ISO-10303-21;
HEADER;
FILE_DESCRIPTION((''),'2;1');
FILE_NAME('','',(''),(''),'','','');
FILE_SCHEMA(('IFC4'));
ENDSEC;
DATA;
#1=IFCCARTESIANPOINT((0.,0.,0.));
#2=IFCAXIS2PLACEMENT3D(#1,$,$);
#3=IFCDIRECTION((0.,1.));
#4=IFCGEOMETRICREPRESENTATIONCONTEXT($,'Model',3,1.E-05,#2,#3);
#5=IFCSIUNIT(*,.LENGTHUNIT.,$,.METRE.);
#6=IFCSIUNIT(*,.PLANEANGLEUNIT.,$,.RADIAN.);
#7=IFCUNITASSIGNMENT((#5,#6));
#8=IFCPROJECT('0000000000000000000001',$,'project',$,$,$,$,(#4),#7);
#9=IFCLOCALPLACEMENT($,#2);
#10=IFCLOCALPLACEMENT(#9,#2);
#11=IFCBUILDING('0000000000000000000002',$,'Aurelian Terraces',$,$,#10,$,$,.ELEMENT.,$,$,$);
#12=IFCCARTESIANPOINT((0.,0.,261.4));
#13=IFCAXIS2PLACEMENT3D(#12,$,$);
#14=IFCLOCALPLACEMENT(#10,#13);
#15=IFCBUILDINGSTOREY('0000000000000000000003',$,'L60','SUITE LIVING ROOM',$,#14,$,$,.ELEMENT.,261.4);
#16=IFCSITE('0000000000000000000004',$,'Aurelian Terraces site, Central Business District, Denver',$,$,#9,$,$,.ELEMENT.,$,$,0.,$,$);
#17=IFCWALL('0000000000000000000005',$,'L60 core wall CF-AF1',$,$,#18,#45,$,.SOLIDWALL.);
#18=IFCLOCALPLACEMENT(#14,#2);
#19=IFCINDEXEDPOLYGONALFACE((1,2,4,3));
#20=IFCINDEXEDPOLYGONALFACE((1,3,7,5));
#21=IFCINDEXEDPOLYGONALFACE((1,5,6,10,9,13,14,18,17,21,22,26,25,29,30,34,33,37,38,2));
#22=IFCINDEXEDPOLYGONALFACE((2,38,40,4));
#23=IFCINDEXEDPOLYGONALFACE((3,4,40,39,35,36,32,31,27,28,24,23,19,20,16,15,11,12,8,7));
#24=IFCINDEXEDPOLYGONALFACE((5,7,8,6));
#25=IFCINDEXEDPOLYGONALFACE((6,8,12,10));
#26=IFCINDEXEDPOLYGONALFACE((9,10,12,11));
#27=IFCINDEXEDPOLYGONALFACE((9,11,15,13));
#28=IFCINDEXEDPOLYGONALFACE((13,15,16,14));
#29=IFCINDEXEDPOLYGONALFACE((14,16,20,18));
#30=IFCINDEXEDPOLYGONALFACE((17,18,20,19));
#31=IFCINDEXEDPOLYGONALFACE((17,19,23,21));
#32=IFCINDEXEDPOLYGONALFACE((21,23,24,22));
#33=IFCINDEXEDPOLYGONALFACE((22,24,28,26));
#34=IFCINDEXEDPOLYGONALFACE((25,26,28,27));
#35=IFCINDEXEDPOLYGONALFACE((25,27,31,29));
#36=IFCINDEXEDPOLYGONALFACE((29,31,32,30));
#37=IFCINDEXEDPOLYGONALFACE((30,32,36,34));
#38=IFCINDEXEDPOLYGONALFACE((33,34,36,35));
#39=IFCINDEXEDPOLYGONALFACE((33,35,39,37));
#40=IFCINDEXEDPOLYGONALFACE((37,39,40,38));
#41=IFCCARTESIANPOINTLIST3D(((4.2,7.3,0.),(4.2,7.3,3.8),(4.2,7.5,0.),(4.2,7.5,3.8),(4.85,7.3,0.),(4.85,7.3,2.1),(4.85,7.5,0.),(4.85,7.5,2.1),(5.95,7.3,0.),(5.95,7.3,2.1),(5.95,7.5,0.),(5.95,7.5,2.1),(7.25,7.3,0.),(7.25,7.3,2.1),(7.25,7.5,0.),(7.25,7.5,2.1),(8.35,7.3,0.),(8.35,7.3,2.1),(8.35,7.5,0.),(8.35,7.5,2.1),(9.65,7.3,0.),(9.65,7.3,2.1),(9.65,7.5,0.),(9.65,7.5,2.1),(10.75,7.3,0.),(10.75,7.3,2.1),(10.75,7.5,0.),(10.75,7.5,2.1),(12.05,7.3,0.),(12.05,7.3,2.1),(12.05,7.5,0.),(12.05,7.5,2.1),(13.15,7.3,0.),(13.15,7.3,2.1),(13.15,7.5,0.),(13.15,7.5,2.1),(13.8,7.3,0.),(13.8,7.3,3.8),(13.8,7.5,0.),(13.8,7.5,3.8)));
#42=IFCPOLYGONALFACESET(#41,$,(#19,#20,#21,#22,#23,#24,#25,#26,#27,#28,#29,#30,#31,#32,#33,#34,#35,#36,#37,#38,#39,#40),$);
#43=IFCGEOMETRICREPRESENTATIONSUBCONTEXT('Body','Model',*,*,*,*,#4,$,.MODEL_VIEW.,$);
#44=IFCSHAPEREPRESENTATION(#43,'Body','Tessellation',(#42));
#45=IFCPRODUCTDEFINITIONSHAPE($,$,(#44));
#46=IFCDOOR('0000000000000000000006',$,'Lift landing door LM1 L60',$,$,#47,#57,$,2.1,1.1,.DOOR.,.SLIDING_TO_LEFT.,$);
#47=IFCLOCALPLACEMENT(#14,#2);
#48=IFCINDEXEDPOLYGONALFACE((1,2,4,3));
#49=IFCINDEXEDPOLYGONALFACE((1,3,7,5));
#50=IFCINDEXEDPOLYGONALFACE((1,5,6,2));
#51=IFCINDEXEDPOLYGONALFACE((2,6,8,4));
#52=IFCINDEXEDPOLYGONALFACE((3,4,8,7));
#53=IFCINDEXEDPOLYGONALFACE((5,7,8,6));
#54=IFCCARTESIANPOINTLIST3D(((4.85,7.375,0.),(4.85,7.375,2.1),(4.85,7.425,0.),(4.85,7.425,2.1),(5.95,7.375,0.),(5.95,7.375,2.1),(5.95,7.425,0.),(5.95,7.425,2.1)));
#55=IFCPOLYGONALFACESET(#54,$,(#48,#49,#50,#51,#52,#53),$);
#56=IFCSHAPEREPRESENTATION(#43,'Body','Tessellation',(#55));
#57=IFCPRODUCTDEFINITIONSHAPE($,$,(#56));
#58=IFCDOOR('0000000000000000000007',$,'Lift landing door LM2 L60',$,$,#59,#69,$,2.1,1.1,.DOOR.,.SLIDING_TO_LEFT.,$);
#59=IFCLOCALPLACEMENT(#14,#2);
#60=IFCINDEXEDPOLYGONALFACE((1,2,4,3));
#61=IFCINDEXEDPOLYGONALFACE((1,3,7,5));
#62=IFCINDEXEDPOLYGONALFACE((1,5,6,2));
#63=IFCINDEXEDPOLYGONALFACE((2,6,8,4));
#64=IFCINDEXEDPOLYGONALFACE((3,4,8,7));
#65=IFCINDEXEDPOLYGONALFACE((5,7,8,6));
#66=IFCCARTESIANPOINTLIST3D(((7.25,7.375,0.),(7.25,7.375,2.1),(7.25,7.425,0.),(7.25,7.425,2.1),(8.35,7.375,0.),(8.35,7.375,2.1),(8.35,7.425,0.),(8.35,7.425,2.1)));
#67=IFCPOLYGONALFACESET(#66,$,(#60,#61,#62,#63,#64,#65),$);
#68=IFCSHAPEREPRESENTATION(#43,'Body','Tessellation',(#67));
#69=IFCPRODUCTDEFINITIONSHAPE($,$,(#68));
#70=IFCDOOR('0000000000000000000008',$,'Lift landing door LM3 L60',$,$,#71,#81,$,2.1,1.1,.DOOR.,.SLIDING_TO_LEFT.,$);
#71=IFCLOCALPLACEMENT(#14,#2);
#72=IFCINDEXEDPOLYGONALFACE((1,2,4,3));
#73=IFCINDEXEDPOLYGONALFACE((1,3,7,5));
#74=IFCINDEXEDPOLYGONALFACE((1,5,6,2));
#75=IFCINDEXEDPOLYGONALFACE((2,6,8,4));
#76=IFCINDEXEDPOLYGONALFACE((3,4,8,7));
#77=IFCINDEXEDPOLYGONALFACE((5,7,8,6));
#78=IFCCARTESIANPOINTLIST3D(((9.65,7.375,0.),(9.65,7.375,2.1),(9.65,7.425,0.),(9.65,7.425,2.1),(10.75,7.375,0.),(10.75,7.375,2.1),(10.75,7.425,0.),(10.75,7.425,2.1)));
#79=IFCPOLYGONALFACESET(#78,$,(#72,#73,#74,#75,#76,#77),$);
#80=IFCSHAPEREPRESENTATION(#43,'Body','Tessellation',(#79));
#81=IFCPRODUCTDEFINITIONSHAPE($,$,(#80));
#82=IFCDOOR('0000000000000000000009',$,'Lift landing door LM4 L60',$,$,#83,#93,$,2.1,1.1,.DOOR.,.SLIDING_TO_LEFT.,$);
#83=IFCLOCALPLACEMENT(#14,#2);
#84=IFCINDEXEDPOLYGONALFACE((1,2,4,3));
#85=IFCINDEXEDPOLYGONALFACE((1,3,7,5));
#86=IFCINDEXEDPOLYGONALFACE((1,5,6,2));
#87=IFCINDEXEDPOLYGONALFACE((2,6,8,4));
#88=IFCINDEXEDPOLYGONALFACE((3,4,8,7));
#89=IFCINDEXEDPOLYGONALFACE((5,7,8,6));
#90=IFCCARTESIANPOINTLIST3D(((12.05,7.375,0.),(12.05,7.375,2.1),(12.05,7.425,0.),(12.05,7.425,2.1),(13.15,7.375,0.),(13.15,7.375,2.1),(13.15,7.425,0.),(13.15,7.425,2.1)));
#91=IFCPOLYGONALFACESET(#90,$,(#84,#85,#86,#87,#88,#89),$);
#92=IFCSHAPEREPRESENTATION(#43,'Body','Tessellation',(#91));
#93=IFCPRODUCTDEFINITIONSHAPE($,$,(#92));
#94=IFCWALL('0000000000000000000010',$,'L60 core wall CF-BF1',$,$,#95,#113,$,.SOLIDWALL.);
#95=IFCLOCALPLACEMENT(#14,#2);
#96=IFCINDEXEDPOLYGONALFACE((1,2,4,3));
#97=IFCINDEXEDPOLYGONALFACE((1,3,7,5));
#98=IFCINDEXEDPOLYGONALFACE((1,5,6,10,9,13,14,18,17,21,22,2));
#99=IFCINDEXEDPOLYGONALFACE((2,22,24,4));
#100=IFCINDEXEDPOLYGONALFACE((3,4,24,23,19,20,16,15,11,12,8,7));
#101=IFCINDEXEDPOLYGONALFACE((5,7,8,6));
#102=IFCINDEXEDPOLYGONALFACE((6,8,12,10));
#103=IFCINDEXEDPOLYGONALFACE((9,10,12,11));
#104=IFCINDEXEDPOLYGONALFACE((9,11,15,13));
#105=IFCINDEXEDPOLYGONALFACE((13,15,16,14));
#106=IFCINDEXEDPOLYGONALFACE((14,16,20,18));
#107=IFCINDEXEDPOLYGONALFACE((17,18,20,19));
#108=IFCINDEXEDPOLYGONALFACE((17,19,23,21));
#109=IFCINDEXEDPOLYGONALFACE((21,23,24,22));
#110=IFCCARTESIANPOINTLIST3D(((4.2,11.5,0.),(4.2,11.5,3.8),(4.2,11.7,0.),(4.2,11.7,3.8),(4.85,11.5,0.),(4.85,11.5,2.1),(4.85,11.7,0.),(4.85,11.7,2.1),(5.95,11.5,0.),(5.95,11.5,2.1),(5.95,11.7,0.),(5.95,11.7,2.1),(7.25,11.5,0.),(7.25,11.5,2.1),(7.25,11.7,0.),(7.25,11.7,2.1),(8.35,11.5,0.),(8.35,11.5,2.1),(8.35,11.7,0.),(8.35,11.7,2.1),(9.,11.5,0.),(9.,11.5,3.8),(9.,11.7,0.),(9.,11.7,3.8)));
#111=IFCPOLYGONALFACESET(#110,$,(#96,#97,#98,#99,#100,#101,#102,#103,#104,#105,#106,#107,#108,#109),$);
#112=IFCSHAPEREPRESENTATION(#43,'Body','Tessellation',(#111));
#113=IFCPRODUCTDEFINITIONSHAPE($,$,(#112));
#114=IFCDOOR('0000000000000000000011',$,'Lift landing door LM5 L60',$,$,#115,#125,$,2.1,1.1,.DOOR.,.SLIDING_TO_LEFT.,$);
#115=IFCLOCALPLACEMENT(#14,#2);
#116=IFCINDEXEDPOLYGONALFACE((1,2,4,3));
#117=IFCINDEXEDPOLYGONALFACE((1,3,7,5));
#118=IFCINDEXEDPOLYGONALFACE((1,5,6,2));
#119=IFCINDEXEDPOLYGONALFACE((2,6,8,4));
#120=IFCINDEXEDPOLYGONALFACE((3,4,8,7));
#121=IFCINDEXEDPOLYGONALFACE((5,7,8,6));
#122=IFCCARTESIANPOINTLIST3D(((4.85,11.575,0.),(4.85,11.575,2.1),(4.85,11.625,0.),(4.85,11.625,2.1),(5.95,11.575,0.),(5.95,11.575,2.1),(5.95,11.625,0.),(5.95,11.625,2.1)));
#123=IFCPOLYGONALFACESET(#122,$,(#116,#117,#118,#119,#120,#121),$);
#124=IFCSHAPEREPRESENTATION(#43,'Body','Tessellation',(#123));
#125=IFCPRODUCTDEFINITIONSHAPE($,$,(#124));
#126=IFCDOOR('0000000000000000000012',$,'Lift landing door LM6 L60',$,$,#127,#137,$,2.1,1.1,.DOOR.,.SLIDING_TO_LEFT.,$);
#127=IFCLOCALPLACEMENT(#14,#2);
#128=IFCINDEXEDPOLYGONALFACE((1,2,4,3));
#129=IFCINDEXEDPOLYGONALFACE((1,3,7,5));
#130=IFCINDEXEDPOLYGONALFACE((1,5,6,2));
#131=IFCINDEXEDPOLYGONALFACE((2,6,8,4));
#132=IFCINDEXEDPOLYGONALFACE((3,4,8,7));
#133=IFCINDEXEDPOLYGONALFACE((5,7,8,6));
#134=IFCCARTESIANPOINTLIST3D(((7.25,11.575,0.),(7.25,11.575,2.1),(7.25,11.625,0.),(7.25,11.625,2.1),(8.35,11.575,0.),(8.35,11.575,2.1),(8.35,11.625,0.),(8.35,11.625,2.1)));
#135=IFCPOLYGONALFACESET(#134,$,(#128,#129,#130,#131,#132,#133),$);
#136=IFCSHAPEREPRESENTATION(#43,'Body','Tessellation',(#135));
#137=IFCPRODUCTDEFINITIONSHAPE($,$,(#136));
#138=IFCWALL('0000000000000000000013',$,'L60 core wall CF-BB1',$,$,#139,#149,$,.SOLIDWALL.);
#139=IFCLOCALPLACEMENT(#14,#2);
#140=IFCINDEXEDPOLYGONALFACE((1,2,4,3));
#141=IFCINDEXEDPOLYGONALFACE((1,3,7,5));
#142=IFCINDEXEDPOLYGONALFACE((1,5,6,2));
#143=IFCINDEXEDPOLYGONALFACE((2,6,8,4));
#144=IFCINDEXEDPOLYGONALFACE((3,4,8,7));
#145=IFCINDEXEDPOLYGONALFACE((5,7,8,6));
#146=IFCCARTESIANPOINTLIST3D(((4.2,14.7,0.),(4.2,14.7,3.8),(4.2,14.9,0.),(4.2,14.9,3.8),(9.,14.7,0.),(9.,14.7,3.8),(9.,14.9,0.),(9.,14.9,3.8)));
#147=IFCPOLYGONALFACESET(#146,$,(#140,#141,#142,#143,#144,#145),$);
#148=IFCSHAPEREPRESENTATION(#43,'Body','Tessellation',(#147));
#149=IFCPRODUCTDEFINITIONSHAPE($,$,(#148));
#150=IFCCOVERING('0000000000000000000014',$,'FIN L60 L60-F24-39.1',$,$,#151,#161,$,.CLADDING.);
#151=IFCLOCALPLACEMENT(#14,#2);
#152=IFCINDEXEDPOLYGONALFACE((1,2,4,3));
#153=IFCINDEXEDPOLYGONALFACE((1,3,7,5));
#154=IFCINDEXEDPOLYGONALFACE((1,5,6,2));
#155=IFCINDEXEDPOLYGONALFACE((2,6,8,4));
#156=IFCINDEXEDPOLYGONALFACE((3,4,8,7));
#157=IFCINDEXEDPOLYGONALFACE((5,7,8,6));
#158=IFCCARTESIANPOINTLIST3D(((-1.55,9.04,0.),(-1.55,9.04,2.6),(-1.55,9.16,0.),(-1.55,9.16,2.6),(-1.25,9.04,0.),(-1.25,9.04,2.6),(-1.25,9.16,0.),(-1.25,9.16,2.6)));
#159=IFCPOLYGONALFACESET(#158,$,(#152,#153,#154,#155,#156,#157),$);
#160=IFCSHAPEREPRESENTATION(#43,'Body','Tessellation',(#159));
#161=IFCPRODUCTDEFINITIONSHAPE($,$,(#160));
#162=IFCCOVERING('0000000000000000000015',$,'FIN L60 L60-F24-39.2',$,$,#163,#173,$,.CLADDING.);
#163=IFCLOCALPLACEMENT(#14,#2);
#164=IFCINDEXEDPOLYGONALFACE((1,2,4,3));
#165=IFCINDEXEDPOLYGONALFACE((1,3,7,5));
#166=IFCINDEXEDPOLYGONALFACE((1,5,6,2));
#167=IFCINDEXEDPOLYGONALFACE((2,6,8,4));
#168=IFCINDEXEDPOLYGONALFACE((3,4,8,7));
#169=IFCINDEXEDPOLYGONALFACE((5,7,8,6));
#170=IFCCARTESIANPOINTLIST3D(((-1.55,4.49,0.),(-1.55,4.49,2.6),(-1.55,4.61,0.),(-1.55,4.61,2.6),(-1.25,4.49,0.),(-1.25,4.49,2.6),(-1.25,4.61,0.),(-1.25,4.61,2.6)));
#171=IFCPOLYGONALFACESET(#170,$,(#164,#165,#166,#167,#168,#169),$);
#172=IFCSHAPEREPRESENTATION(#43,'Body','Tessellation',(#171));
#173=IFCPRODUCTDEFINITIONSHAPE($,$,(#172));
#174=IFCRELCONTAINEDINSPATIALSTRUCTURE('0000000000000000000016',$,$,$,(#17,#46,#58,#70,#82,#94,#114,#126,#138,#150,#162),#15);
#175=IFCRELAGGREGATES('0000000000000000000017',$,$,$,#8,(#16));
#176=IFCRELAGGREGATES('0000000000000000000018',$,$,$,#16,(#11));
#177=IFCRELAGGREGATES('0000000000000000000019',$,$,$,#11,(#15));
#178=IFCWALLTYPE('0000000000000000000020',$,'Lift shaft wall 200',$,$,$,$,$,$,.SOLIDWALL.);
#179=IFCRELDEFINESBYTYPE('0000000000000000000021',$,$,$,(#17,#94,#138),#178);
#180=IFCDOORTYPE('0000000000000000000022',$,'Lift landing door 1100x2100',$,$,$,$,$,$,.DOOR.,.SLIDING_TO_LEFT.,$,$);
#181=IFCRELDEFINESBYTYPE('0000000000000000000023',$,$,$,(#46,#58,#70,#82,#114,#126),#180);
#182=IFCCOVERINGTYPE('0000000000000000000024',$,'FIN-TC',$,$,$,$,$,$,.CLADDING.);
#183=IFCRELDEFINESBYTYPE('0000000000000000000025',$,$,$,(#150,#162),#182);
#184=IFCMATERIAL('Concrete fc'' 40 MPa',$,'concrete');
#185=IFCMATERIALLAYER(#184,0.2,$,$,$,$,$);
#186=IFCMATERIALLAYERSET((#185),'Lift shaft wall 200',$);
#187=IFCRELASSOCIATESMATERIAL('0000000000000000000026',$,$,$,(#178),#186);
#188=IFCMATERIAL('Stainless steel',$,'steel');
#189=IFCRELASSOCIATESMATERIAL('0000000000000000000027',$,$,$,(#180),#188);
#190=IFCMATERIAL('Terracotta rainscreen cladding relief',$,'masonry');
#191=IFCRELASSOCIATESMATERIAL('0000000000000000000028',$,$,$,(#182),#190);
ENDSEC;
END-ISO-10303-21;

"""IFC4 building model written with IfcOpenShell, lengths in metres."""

from ifc_helpers import new_model, si_unit, direction, frame, frame_2d, origin, origin_2d, place, context, subcontext, project, spatial, rectangle, extrude, source, transform, mapped, material, layer, layer_set, type_object, element, fill, save


model = new_model("IFC4")

# Units and contexts
model_context = context("Model", 3, precision=1e-05, world=origin(), true_north=direction((0.0, 1.0)))
body_context = subcontext(model_context, "Body", "Model", "MODEL_VIEW")
ifc_project = project(units=[si_unit("LENGTHUNIT", "METRE"), si_unit("PLANEANGLEUNIT", "RADIAN")], contexts=[model_context])

# Site, building, storey
site_placement = place(None, origin())
site = spatial("IfcSite", under=ifc_project, at=site_placement, Name="Aurelian Terraces site, Central Business District, Denver", CompositionType="ELEMENT", RefElevation=0.0)
building_placement = place(site_placement, origin())
building = spatial("IfcBuilding", under=site, at=building_placement, Name="Aurelian Terraces", CompositionType="ELEMENT")
storey_placement = place(building_placement, frame((0.0, 0.0, 261.4)))
storey = spatial("IfcBuildingStorey", under=building, at=storey_placement, Name="L60", Description="SUITE LIVING ROOM", CompositionType="ELEMENT", Elevation=261.4)

# Walls, openings, doors
ifc_material_1 = material(Name="Concrete fc' 40 MPa", Category="concrete")
ifc_layer_1 = layer(ifc_material_1, 0.2)
ifc_layer_set_1 = layer_set([ifc_layer_1], Name="Lift shaft wall 200")
wall_type_1 = type_object("IfcWallType", Name="Lift shaft wall 200", PredefinedType="SOLIDWALL", material=ifc_layer_set_1)
shared_shape_1 = source(origin(), body_context, "Body", "SweptSolid", [
    extrude(rectangle(XDim=9.6, YDim=0.2, at=frame_2d((4.8, 0.0))), origin(), (0.0, 0.0, 1.0), 3.8),
])
wall_1_placement = place(storey_placement, frame((4.2, 7.4, 0.0), z_axis=(0.0, 0.0, 1.0), x_axis=(1.0, 0.0, 0.0)))
wall_1 = element("IfcWall", 1, at=wall_1_placement, inside=storey, type_object=wall_type_1, Name="L60 core wall CF-AF1", PredefinedType="SOLIDWALL", context=body_context, shape_type="MappedRepresentation", body=[
    mapped(shared_shape_1, transform((0.0, 0.0, 0.0), scale=1.0)),
])
shared_shape_2 = source(origin(), body_context, "Body", "SweptSolid", [
    extrude(rectangle(XDim=1.1, YDim=2.1, at=frame_2d((0.55, 1.05))), frame((0.0, 0.11, 0.0), z_axis=(0.0, -1.0, 0.0), x_axis=(1.0, 0.0, 0.0)), (0.0, 0.0, 1.0), 0.22),
])
opening_1_placement = place(wall_1_placement, frame((0.65, 0.0, 0.0)))
opening_1 = element("IfcOpeningElement", 2, at=opening_1_placement, cuts=wall_1, PredefinedType="OPENING", context=body_context, shape_type="MappedRepresentation", body=[
    mapped(shared_shape_2, transform((0.0, 0.0, 0.0), scale=1.0)),
])
opening_2_placement = place(wall_1_placement, frame((3.05, 0.0, 0.0)))
opening_2 = element("IfcOpeningElement", 3, at=opening_2_placement, cuts=wall_1, PredefinedType="OPENING", context=body_context, shape_type="MappedRepresentation", body=[
    mapped(shared_shape_2, transform((0.0, 0.0, 0.0), scale=1.0)),
])
opening_3_placement = place(wall_1_placement, frame((5.45, 0.0, 0.0)))
opening_3 = element("IfcOpeningElement", 4, at=opening_3_placement, cuts=wall_1, PredefinedType="OPENING", context=body_context, shape_type="MappedRepresentation", body=[
    mapped(shared_shape_2, transform((0.0, 0.0, 0.0), scale=1.0)),
])
opening_4_placement = place(wall_1_placement, frame((7.85, 0.0, 0.0)))
opening_4 = element("IfcOpeningElement", 5, at=opening_4_placement, cuts=wall_1, PredefinedType="OPENING", context=body_context, shape_type="MappedRepresentation", body=[
    mapped(shared_shape_2, transform((0.0, 0.0, 0.0), scale=1.0)),
])
ifc_material_2 = material(Name="Stainless steel", Category="steel")
door_type_1 = type_object("IfcDoorType", Name="Lift landing door 1100x2100", OperationType="SLIDING_TO_LEFT", PredefinedType="DOOR", material=ifc_material_2)
shared_shape_3 = source(origin(), body_context, "Body", "SweptSolid", [
    extrude(rectangle(XDim=1.1, YDim=2.1, at=frame_2d((0.55, 1.05))), frame((0.0, 0.025, 0.0), z_axis=(0.0, -1.0, 0.0), x_axis=(1.0, 0.0, 0.0)), (0.0, 0.0, 1.0), 0.05),
])
door_1_placement = place(opening_1_placement, origin())
door_1 = element("IfcDoor", 6, at=door_1_placement, inside=storey, type_object=door_type_1, Name="Lift landing door LM1 L60", OperationType="SLIDING_TO_LEFT", OverallHeight=2.1, OverallWidth=1.1, PredefinedType="DOOR", context=body_context, shape_type="MappedRepresentation", body=[
    mapped(shared_shape_3, transform((0.0, 0.0, 0.0), scale=1.0)),
])
fill(opening_1, door_1)
door_2_placement = place(opening_2_placement, origin())
door_2 = element("IfcDoor", 7, at=door_2_placement, inside=storey, type_object=door_type_1, Name="Lift landing door LM2 L60", OperationType="SLIDING_TO_LEFT", OverallHeight=2.1, OverallWidth=1.1, PredefinedType="DOOR", context=body_context, shape_type="MappedRepresentation", body=[
    mapped(shared_shape_3, transform((0.0, 0.0, 0.0), scale=1.0)),
])
fill(opening_2, door_2)
door_3_placement = place(opening_3_placement, origin())
door_3 = element("IfcDoor", 8, at=door_3_placement, inside=storey, type_object=door_type_1, Name="Lift landing door LM3 L60", OperationType="SLIDING_TO_LEFT", OverallHeight=2.1, OverallWidth=1.1, PredefinedType="DOOR", context=body_context, shape_type="MappedRepresentation", body=[
    mapped(shared_shape_3, transform((0.0, 0.0, 0.0), scale=1.0)),
])
fill(opening_3, door_3)
door_4_placement = place(opening_4_placement, origin())
door_4 = element("IfcDoor", 9, at=door_4_placement, inside=storey, type_object=door_type_1, Name="Lift landing door LM4 L60", OperationType="SLIDING_TO_LEFT", OverallHeight=2.1, OverallWidth=1.1, PredefinedType="DOOR", context=body_context, shape_type="MappedRepresentation", body=[
    mapped(shared_shape_3, transform((0.0, 0.0, 0.0), scale=1.0)),
])
fill(opening_4, door_4)
shared_shape_4 = source(origin(), body_context, "Body", "SweptSolid", [
    extrude(rectangle(XDim=4.8, YDim=0.2, at=frame_2d((2.4, 0.0))), origin(), (0.0, 0.0, 1.0), 3.8),
])
wall_2_placement = place(storey_placement, frame((4.2, 11.6, 0.0), z_axis=(0.0, 0.0, 1.0), x_axis=(1.0, 0.0, 0.0)))
wall_2 = element("IfcWall", 10, at=wall_2_placement, inside=storey, type_object=wall_type_1, Name="L60 core wall CF-BF1", PredefinedType="SOLIDWALL", context=body_context, shape_type="MappedRepresentation", body=[
    mapped(shared_shape_4, transform((0.0, 0.0, 0.0), scale=1.0)),
])
opening_5_placement = place(wall_2_placement, frame((0.65, 0.0, 0.0)))
opening_5 = element("IfcOpeningElement", 11, at=opening_5_placement, cuts=wall_2, PredefinedType="OPENING", context=body_context, shape_type="MappedRepresentation", body=[
    mapped(shared_shape_2, transform((0.0, 0.0, 0.0), scale=1.0)),
])
opening_6_placement = place(wall_2_placement, frame((3.05, 0.0, 0.0)))
opening_6 = element("IfcOpeningElement", 12, at=opening_6_placement, cuts=wall_2, PredefinedType="OPENING", context=body_context, shape_type="MappedRepresentation", body=[
    mapped(shared_shape_2, transform((0.0, 0.0, 0.0), scale=1.0)),
])
door_5_placement = place(opening_5_placement, origin())
door_5 = element("IfcDoor", 13, at=door_5_placement, inside=storey, type_object=door_type_1, Name="Lift landing door LM5 L60", OperationType="SLIDING_TO_LEFT", OverallHeight=2.1, OverallWidth=1.1, PredefinedType="DOOR", context=body_context, shape_type="MappedRepresentation", body=[
    mapped(shared_shape_3, transform((0.0, 0.0, 0.0), scale=1.0)),
])
fill(opening_5, door_5)
door_6_placement = place(opening_6_placement, origin())
door_6 = element("IfcDoor", 14, at=door_6_placement, inside=storey, type_object=door_type_1, Name="Lift landing door LM6 L60", OperationType="SLIDING_TO_LEFT", OverallHeight=2.1, OverallWidth=1.1, PredefinedType="DOOR", context=body_context, shape_type="MappedRepresentation", body=[
    mapped(shared_shape_3, transform((0.0, 0.0, 0.0), scale=1.0)),
])
fill(opening_6, door_6)

# Wall
wall_3_placement = place(storey_placement, frame((4.2, 14.8, 0.0), z_axis=(0.0, 0.0, 1.0), x_axis=(1.0, 0.0, 0.0)))
element("IfcWall", 15, at=wall_3_placement, inside=storey, type_object=wall_type_1, Name="L60 core wall CF-BB1", PredefinedType="SOLIDWALL", context=body_context, shape_type="MappedRepresentation", body=[
    mapped(shared_shape_4, transform((0.0, 0.0, 0.0), scale=1.0)),
])

# Coverings
ifc_material_3 = material(Name="Terracotta rainscreen cladding relief", Category="masonry")
covering_type_1 = type_object("IfcCoveringType", Name="FIN-TC", PredefinedType="CLADDING", material=ifc_material_3)
shared_shape_5 = source(origin(), body_context, "Body", "SweptSolid", [
    extrude(rectangle(XDim=0.3, YDim=0.12, at=origin_2d()), origin(), (0.0, 0.0, 1.0), 2.6),
])
for number, where, z_axis, x_axis, name in (
    (16, (-1.4, 9.1, 0.0), (0.0, 0.0, 1.0), (1.0, 0.0, 0.0), "FIN L60 L60-F24-39.1"),
    (17, (-1.4, 4.55, 0.0), (0.0, 0.0, 1.0), (1.0, 0.0, 0.0), "FIN L60 L60-F24-39.2"),
):
    element("IfcCovering", number, at=place(storey_placement, frame(where, z_axis=z_axis, x_axis=x_axis)), inside=storey, type_object=covering_type_1, Name=name, PredefinedType="CLADDING", context=body_context, shape_type="MappedRepresentation", body=[
        mapped(shared_shape_5, transform((0.0, 0.0, 0.0), scale=1.0)),
    ])

save(model, "model.ifc")
